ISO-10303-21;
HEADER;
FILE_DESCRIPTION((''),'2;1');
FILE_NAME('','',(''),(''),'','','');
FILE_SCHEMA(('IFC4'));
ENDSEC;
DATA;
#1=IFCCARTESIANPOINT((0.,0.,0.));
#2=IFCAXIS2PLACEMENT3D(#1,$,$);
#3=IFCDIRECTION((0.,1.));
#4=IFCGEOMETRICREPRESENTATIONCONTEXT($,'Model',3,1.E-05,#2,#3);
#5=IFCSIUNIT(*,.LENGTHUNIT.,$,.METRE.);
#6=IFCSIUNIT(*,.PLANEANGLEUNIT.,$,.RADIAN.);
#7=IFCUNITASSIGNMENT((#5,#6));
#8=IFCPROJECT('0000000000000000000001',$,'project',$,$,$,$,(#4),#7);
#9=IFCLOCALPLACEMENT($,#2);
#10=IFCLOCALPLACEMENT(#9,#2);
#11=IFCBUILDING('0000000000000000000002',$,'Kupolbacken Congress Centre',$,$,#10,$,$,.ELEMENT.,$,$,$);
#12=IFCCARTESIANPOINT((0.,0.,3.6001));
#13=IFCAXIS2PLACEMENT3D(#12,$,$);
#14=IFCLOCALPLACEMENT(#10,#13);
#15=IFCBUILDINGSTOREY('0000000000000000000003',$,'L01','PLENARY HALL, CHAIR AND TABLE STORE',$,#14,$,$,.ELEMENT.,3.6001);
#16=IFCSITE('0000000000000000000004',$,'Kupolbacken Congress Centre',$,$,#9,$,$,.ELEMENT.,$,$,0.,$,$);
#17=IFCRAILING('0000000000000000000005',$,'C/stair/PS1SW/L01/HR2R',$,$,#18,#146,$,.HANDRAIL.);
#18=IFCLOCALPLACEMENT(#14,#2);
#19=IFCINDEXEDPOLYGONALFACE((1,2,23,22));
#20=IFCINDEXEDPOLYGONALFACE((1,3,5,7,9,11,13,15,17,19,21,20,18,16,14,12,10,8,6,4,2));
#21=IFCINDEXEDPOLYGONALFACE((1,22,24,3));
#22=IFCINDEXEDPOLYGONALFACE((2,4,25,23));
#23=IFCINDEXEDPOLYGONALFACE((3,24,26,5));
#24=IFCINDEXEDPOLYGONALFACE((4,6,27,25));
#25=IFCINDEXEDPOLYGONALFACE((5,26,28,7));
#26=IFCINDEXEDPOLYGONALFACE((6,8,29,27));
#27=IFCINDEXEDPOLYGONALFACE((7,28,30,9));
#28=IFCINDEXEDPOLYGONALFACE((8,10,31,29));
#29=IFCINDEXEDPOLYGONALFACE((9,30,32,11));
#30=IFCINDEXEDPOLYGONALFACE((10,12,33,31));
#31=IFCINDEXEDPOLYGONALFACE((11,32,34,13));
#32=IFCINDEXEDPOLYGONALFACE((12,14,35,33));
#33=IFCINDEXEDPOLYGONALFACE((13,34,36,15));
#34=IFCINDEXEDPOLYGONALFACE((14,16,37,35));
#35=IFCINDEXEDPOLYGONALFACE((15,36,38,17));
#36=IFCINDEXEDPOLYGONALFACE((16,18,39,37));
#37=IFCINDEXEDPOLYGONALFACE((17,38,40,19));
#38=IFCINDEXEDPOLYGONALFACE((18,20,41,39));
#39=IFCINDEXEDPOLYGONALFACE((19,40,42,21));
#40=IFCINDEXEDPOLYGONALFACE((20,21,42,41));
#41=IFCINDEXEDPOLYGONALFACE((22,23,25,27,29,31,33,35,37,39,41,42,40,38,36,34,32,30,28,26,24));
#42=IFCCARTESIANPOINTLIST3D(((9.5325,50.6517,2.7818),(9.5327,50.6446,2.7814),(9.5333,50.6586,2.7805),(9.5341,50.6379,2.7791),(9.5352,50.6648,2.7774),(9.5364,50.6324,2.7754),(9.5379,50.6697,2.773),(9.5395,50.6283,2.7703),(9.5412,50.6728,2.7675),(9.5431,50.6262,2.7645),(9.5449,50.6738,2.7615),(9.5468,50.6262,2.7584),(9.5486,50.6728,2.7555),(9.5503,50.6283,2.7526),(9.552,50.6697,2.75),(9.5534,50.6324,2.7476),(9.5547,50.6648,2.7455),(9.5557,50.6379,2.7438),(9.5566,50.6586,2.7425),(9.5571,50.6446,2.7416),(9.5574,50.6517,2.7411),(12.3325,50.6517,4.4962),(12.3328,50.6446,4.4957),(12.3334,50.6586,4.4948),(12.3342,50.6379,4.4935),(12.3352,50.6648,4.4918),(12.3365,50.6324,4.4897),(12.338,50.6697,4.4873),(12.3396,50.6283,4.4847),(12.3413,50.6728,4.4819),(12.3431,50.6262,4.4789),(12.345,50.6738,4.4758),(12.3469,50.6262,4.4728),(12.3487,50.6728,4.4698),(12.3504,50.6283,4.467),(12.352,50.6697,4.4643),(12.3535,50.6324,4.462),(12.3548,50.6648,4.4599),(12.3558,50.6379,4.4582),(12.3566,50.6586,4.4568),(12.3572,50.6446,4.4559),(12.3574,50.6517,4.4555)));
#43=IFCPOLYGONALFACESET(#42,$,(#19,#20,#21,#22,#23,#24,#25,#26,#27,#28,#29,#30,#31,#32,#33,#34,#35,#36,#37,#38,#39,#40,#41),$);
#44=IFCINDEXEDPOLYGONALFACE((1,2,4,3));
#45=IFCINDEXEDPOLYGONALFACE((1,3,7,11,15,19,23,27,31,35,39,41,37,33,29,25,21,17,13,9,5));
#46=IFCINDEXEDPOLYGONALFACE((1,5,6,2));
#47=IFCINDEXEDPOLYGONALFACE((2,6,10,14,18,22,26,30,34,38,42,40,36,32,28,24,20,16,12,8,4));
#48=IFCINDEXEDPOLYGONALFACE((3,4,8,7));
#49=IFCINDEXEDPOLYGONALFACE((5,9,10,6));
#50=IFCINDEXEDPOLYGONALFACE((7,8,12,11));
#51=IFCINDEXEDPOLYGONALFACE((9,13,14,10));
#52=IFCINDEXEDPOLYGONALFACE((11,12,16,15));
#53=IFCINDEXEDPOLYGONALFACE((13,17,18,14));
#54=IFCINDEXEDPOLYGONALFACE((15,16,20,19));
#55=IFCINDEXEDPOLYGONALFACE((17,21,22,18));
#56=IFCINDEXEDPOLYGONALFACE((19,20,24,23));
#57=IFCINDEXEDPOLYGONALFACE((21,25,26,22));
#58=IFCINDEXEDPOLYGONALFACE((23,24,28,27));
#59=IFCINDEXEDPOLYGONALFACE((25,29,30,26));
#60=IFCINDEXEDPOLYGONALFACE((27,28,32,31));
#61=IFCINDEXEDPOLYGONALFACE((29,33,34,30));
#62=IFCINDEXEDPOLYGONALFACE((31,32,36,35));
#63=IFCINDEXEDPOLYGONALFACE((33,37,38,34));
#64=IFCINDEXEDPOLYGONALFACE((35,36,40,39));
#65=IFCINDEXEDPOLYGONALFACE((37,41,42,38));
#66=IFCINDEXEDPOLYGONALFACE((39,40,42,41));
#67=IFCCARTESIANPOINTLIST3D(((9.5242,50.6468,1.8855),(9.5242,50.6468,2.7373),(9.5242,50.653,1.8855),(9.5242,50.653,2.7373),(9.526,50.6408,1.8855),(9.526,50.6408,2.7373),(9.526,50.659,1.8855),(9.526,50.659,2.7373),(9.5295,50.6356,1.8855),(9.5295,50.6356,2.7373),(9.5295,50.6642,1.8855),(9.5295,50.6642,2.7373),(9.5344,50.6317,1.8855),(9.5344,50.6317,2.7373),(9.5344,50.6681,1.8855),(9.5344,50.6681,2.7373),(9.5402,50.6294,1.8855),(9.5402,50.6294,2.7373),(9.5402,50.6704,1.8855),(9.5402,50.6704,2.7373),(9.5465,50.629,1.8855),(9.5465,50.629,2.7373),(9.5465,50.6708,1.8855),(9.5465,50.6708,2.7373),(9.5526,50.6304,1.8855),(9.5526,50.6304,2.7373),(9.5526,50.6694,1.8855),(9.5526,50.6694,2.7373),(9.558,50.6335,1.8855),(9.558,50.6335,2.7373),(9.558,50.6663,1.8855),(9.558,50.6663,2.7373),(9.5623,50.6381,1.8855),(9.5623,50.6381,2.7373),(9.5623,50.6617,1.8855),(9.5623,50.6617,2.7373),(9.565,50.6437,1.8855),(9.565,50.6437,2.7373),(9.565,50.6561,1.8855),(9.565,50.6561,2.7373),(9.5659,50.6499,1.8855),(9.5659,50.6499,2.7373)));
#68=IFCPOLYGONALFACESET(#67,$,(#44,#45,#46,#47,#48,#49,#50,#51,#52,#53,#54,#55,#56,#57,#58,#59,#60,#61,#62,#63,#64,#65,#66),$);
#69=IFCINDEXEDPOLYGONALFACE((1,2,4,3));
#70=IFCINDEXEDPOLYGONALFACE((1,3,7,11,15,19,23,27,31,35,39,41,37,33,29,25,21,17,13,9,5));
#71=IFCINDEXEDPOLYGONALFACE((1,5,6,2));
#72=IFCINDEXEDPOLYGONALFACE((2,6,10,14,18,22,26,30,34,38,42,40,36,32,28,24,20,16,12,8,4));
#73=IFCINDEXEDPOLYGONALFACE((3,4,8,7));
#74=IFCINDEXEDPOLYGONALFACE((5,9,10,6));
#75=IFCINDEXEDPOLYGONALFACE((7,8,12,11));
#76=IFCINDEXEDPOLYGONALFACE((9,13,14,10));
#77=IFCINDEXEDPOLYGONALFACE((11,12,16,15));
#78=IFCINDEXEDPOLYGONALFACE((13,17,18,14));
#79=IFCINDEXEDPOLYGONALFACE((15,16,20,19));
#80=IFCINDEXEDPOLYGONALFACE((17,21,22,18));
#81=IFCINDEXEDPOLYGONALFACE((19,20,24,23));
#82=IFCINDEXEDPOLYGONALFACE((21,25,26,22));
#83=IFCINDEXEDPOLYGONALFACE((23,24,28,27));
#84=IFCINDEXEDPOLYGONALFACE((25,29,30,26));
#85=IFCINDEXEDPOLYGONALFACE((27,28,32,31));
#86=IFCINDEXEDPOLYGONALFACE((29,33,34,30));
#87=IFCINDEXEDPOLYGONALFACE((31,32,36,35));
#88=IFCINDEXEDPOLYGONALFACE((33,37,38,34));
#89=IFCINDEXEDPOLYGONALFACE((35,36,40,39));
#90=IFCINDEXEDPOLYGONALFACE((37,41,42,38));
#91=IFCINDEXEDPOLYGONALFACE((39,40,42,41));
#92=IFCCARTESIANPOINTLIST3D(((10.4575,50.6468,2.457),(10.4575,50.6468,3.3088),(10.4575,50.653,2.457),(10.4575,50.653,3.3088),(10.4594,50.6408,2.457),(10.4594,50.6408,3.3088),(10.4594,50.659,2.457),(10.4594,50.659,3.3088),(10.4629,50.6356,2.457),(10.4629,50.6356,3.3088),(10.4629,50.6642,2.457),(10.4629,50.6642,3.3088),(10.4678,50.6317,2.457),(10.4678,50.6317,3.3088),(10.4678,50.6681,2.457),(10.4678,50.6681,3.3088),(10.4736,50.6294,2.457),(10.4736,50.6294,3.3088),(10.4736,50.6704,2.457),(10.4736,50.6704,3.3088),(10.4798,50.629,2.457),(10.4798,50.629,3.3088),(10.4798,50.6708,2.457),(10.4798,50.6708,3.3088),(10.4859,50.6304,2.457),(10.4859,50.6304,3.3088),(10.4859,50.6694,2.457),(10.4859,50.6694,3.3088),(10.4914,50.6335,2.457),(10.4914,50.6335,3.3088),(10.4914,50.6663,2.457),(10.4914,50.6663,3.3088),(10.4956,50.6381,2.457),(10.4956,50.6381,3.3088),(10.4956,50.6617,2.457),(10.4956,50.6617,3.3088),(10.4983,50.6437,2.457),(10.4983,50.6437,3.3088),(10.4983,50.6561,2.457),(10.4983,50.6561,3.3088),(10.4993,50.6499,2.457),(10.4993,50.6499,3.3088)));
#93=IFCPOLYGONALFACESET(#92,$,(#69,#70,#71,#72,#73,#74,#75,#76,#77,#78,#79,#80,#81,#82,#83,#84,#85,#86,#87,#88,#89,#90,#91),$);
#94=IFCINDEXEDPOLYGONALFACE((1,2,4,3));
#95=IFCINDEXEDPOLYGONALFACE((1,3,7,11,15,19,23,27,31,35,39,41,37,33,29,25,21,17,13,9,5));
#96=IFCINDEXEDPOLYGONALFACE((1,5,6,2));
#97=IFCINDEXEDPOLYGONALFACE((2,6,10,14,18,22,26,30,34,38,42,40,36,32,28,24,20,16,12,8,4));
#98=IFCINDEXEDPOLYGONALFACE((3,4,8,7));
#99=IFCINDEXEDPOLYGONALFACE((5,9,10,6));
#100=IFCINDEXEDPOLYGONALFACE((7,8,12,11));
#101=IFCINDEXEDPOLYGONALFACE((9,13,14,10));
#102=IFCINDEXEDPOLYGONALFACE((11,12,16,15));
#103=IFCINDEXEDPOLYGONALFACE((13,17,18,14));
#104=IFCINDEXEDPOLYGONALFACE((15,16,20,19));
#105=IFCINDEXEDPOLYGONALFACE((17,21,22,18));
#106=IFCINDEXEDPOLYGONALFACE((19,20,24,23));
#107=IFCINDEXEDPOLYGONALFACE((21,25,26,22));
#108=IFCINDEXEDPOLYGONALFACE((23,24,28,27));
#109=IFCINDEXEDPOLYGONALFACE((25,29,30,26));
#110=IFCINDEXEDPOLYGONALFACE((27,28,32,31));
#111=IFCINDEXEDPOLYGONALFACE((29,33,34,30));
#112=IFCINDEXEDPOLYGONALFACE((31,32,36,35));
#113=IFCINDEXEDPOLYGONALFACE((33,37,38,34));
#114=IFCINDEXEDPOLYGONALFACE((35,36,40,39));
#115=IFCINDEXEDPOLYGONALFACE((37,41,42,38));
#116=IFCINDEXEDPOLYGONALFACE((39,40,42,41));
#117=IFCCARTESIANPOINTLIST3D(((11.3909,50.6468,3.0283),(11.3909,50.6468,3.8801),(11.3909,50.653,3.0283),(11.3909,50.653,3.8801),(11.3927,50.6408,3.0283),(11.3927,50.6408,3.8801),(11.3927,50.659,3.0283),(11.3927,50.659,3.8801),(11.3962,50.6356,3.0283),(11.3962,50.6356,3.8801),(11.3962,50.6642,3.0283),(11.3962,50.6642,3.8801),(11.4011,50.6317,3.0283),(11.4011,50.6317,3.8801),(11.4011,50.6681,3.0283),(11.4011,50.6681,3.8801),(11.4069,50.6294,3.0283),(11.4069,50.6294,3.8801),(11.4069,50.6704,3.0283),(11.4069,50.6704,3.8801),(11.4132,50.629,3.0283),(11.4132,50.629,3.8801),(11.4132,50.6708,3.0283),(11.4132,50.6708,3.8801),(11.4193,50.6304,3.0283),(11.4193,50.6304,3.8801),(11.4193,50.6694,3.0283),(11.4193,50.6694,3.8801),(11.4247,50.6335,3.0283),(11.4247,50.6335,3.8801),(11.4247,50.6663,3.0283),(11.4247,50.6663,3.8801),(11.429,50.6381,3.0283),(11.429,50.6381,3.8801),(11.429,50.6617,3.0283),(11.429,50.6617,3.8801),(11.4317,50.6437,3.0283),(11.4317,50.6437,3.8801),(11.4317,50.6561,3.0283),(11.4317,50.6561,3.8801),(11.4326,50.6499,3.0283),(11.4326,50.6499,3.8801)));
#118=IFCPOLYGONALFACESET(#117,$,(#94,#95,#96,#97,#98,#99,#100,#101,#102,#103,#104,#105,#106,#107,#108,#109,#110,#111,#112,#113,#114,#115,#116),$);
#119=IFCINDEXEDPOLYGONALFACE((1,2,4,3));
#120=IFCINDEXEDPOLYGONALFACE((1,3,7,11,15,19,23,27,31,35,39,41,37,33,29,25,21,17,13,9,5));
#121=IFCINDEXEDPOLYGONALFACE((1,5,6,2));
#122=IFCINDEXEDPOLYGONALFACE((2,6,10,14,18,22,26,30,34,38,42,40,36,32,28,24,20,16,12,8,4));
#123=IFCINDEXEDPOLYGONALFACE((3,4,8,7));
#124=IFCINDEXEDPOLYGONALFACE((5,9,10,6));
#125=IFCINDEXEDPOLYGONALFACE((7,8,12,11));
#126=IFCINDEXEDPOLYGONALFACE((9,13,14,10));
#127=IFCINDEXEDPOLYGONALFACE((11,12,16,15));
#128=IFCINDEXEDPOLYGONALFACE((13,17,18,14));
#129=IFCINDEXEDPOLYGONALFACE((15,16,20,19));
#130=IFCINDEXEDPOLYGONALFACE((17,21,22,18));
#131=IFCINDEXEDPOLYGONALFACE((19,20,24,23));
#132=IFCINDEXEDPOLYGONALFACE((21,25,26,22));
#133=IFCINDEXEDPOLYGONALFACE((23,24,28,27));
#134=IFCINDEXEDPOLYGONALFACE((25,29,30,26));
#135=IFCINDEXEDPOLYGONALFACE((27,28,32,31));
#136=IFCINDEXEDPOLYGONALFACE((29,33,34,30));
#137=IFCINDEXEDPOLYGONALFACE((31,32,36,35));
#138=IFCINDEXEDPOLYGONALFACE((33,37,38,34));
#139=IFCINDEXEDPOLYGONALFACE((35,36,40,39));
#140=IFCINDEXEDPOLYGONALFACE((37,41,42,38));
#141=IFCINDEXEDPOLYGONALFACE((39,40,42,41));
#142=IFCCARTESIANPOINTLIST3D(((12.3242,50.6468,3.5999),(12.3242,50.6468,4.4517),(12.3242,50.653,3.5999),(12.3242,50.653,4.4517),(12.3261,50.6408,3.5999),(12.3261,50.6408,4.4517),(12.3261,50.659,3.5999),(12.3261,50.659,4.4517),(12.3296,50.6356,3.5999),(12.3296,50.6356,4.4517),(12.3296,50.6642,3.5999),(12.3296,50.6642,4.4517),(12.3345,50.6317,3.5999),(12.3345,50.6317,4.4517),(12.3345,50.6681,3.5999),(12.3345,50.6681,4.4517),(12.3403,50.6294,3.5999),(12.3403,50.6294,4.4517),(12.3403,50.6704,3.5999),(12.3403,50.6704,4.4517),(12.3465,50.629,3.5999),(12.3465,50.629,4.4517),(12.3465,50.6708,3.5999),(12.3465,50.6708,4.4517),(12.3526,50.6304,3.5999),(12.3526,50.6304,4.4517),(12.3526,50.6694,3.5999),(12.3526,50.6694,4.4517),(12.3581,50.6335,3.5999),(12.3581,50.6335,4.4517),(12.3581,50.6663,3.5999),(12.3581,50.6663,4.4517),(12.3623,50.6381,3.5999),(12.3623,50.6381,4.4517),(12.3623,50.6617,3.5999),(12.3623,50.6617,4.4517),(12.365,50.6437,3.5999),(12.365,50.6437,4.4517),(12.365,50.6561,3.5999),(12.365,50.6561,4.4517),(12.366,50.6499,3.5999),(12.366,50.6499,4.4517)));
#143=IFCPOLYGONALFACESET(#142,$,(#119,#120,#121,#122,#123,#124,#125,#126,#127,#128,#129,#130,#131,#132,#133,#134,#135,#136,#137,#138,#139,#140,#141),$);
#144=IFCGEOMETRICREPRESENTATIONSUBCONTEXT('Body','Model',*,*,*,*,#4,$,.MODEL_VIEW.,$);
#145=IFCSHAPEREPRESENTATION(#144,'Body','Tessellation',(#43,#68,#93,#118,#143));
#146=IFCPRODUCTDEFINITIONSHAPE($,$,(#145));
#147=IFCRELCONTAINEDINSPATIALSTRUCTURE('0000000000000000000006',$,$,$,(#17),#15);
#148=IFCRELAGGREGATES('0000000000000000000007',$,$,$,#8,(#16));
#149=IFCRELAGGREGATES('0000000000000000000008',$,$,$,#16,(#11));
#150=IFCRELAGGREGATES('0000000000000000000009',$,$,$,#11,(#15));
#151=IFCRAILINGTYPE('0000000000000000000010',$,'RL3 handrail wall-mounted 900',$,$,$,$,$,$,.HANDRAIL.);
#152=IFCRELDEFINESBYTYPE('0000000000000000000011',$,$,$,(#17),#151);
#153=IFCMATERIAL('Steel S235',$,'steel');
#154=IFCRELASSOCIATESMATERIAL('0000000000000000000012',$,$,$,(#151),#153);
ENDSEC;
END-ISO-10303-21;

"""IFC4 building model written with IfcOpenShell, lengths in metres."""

from ifc_helpers import new_model, si_unit, direction, frame, origin, origin_2d, place, context, subcontext, project, spatial, circle, extrude, material, type_object, element, save


model = new_model("IFC4")

# Units and contexts
model_context = context("Model", 3, precision=1e-05, world=origin(), true_north=direction((0.0, 1.0)))
body_context = subcontext(model_context, "Body", "Model", "MODEL_VIEW")
ifc_project = project(units=[si_unit("LENGTHUNIT", "METRE"), si_unit("PLANEANGLEUNIT", "RADIAN")], contexts=[model_context])

# Site, building, storey
site_placement = place(None, origin())
site = spatial("IfcSite", under=ifc_project, at=site_placement, Name="Kupolbacken Congress Centre", CompositionType="ELEMENT", RefElevation=0.0)
building_placement = place(site_placement, origin())
building = spatial("IfcBuilding", under=site, at=building_placement, Name="Kupolbacken Congress Centre", CompositionType="ELEMENT")
storey_placement = place(building_placement, frame((0.0, 0.0, 3.6001)))
storey = spatial("IfcBuildingStorey", under=building, at=storey_placement, Name="L01", Description="PLENARY HALL, CHAIR AND TABLE STORE", CompositionType="ELEMENT", Elevation=3.6001)

# Railing
ifc_material_1 = material(Name="Steel S235", Category="steel")
railing_type = type_object("IfcRailingType", Name="RL3 handrail wall-mounted 900", PredefinedType="HANDRAIL", material=ifc_material_1)
for number, where, name in (
    (1, (9.5449, 50.6499, 1.8855), "C/stair/PS1SW/L01/HR2R"),
):
    element("IfcRailing", number, at=place(storey_placement, frame(where)), inside=storey, type_object=railing_type, Name=name, PredefinedType="HANDRAIL", context=body_context, shape_type="SweptSolid", body=[
        extrude(circle(Radius=0.0239, at=origin_2d()), frame((0.0, 0.0, 0.876), z_axis=(0.852846, 0.0, 0.522163), x_axis=(0.0, 1.0, 0.0)), (0.0, 0.0, 1.0), 3.2832),
        extrude(circle(Radius=0.021, at=origin_2d()), origin(), (0.0, 0.0, 1.0), 0.8518),
        extrude(circle(Radius=0.021, at=origin_2d()), frame((0.9333, 0.0, 0.5715)), (0.0, 0.0, 1.0), 0.8518),
        extrude(circle(Radius=0.021, at=origin_2d()), frame((1.8667, 0.0, 1.1428)), (0.0, 0.0, 1.0), 0.8518),
        extrude(circle(Radius=0.021, at=origin_2d()), frame((2.8, 0.0, 1.7144)), (0.0, 0.0, 1.0), 0.8518),
    ])

save(model, "model.ifc")
